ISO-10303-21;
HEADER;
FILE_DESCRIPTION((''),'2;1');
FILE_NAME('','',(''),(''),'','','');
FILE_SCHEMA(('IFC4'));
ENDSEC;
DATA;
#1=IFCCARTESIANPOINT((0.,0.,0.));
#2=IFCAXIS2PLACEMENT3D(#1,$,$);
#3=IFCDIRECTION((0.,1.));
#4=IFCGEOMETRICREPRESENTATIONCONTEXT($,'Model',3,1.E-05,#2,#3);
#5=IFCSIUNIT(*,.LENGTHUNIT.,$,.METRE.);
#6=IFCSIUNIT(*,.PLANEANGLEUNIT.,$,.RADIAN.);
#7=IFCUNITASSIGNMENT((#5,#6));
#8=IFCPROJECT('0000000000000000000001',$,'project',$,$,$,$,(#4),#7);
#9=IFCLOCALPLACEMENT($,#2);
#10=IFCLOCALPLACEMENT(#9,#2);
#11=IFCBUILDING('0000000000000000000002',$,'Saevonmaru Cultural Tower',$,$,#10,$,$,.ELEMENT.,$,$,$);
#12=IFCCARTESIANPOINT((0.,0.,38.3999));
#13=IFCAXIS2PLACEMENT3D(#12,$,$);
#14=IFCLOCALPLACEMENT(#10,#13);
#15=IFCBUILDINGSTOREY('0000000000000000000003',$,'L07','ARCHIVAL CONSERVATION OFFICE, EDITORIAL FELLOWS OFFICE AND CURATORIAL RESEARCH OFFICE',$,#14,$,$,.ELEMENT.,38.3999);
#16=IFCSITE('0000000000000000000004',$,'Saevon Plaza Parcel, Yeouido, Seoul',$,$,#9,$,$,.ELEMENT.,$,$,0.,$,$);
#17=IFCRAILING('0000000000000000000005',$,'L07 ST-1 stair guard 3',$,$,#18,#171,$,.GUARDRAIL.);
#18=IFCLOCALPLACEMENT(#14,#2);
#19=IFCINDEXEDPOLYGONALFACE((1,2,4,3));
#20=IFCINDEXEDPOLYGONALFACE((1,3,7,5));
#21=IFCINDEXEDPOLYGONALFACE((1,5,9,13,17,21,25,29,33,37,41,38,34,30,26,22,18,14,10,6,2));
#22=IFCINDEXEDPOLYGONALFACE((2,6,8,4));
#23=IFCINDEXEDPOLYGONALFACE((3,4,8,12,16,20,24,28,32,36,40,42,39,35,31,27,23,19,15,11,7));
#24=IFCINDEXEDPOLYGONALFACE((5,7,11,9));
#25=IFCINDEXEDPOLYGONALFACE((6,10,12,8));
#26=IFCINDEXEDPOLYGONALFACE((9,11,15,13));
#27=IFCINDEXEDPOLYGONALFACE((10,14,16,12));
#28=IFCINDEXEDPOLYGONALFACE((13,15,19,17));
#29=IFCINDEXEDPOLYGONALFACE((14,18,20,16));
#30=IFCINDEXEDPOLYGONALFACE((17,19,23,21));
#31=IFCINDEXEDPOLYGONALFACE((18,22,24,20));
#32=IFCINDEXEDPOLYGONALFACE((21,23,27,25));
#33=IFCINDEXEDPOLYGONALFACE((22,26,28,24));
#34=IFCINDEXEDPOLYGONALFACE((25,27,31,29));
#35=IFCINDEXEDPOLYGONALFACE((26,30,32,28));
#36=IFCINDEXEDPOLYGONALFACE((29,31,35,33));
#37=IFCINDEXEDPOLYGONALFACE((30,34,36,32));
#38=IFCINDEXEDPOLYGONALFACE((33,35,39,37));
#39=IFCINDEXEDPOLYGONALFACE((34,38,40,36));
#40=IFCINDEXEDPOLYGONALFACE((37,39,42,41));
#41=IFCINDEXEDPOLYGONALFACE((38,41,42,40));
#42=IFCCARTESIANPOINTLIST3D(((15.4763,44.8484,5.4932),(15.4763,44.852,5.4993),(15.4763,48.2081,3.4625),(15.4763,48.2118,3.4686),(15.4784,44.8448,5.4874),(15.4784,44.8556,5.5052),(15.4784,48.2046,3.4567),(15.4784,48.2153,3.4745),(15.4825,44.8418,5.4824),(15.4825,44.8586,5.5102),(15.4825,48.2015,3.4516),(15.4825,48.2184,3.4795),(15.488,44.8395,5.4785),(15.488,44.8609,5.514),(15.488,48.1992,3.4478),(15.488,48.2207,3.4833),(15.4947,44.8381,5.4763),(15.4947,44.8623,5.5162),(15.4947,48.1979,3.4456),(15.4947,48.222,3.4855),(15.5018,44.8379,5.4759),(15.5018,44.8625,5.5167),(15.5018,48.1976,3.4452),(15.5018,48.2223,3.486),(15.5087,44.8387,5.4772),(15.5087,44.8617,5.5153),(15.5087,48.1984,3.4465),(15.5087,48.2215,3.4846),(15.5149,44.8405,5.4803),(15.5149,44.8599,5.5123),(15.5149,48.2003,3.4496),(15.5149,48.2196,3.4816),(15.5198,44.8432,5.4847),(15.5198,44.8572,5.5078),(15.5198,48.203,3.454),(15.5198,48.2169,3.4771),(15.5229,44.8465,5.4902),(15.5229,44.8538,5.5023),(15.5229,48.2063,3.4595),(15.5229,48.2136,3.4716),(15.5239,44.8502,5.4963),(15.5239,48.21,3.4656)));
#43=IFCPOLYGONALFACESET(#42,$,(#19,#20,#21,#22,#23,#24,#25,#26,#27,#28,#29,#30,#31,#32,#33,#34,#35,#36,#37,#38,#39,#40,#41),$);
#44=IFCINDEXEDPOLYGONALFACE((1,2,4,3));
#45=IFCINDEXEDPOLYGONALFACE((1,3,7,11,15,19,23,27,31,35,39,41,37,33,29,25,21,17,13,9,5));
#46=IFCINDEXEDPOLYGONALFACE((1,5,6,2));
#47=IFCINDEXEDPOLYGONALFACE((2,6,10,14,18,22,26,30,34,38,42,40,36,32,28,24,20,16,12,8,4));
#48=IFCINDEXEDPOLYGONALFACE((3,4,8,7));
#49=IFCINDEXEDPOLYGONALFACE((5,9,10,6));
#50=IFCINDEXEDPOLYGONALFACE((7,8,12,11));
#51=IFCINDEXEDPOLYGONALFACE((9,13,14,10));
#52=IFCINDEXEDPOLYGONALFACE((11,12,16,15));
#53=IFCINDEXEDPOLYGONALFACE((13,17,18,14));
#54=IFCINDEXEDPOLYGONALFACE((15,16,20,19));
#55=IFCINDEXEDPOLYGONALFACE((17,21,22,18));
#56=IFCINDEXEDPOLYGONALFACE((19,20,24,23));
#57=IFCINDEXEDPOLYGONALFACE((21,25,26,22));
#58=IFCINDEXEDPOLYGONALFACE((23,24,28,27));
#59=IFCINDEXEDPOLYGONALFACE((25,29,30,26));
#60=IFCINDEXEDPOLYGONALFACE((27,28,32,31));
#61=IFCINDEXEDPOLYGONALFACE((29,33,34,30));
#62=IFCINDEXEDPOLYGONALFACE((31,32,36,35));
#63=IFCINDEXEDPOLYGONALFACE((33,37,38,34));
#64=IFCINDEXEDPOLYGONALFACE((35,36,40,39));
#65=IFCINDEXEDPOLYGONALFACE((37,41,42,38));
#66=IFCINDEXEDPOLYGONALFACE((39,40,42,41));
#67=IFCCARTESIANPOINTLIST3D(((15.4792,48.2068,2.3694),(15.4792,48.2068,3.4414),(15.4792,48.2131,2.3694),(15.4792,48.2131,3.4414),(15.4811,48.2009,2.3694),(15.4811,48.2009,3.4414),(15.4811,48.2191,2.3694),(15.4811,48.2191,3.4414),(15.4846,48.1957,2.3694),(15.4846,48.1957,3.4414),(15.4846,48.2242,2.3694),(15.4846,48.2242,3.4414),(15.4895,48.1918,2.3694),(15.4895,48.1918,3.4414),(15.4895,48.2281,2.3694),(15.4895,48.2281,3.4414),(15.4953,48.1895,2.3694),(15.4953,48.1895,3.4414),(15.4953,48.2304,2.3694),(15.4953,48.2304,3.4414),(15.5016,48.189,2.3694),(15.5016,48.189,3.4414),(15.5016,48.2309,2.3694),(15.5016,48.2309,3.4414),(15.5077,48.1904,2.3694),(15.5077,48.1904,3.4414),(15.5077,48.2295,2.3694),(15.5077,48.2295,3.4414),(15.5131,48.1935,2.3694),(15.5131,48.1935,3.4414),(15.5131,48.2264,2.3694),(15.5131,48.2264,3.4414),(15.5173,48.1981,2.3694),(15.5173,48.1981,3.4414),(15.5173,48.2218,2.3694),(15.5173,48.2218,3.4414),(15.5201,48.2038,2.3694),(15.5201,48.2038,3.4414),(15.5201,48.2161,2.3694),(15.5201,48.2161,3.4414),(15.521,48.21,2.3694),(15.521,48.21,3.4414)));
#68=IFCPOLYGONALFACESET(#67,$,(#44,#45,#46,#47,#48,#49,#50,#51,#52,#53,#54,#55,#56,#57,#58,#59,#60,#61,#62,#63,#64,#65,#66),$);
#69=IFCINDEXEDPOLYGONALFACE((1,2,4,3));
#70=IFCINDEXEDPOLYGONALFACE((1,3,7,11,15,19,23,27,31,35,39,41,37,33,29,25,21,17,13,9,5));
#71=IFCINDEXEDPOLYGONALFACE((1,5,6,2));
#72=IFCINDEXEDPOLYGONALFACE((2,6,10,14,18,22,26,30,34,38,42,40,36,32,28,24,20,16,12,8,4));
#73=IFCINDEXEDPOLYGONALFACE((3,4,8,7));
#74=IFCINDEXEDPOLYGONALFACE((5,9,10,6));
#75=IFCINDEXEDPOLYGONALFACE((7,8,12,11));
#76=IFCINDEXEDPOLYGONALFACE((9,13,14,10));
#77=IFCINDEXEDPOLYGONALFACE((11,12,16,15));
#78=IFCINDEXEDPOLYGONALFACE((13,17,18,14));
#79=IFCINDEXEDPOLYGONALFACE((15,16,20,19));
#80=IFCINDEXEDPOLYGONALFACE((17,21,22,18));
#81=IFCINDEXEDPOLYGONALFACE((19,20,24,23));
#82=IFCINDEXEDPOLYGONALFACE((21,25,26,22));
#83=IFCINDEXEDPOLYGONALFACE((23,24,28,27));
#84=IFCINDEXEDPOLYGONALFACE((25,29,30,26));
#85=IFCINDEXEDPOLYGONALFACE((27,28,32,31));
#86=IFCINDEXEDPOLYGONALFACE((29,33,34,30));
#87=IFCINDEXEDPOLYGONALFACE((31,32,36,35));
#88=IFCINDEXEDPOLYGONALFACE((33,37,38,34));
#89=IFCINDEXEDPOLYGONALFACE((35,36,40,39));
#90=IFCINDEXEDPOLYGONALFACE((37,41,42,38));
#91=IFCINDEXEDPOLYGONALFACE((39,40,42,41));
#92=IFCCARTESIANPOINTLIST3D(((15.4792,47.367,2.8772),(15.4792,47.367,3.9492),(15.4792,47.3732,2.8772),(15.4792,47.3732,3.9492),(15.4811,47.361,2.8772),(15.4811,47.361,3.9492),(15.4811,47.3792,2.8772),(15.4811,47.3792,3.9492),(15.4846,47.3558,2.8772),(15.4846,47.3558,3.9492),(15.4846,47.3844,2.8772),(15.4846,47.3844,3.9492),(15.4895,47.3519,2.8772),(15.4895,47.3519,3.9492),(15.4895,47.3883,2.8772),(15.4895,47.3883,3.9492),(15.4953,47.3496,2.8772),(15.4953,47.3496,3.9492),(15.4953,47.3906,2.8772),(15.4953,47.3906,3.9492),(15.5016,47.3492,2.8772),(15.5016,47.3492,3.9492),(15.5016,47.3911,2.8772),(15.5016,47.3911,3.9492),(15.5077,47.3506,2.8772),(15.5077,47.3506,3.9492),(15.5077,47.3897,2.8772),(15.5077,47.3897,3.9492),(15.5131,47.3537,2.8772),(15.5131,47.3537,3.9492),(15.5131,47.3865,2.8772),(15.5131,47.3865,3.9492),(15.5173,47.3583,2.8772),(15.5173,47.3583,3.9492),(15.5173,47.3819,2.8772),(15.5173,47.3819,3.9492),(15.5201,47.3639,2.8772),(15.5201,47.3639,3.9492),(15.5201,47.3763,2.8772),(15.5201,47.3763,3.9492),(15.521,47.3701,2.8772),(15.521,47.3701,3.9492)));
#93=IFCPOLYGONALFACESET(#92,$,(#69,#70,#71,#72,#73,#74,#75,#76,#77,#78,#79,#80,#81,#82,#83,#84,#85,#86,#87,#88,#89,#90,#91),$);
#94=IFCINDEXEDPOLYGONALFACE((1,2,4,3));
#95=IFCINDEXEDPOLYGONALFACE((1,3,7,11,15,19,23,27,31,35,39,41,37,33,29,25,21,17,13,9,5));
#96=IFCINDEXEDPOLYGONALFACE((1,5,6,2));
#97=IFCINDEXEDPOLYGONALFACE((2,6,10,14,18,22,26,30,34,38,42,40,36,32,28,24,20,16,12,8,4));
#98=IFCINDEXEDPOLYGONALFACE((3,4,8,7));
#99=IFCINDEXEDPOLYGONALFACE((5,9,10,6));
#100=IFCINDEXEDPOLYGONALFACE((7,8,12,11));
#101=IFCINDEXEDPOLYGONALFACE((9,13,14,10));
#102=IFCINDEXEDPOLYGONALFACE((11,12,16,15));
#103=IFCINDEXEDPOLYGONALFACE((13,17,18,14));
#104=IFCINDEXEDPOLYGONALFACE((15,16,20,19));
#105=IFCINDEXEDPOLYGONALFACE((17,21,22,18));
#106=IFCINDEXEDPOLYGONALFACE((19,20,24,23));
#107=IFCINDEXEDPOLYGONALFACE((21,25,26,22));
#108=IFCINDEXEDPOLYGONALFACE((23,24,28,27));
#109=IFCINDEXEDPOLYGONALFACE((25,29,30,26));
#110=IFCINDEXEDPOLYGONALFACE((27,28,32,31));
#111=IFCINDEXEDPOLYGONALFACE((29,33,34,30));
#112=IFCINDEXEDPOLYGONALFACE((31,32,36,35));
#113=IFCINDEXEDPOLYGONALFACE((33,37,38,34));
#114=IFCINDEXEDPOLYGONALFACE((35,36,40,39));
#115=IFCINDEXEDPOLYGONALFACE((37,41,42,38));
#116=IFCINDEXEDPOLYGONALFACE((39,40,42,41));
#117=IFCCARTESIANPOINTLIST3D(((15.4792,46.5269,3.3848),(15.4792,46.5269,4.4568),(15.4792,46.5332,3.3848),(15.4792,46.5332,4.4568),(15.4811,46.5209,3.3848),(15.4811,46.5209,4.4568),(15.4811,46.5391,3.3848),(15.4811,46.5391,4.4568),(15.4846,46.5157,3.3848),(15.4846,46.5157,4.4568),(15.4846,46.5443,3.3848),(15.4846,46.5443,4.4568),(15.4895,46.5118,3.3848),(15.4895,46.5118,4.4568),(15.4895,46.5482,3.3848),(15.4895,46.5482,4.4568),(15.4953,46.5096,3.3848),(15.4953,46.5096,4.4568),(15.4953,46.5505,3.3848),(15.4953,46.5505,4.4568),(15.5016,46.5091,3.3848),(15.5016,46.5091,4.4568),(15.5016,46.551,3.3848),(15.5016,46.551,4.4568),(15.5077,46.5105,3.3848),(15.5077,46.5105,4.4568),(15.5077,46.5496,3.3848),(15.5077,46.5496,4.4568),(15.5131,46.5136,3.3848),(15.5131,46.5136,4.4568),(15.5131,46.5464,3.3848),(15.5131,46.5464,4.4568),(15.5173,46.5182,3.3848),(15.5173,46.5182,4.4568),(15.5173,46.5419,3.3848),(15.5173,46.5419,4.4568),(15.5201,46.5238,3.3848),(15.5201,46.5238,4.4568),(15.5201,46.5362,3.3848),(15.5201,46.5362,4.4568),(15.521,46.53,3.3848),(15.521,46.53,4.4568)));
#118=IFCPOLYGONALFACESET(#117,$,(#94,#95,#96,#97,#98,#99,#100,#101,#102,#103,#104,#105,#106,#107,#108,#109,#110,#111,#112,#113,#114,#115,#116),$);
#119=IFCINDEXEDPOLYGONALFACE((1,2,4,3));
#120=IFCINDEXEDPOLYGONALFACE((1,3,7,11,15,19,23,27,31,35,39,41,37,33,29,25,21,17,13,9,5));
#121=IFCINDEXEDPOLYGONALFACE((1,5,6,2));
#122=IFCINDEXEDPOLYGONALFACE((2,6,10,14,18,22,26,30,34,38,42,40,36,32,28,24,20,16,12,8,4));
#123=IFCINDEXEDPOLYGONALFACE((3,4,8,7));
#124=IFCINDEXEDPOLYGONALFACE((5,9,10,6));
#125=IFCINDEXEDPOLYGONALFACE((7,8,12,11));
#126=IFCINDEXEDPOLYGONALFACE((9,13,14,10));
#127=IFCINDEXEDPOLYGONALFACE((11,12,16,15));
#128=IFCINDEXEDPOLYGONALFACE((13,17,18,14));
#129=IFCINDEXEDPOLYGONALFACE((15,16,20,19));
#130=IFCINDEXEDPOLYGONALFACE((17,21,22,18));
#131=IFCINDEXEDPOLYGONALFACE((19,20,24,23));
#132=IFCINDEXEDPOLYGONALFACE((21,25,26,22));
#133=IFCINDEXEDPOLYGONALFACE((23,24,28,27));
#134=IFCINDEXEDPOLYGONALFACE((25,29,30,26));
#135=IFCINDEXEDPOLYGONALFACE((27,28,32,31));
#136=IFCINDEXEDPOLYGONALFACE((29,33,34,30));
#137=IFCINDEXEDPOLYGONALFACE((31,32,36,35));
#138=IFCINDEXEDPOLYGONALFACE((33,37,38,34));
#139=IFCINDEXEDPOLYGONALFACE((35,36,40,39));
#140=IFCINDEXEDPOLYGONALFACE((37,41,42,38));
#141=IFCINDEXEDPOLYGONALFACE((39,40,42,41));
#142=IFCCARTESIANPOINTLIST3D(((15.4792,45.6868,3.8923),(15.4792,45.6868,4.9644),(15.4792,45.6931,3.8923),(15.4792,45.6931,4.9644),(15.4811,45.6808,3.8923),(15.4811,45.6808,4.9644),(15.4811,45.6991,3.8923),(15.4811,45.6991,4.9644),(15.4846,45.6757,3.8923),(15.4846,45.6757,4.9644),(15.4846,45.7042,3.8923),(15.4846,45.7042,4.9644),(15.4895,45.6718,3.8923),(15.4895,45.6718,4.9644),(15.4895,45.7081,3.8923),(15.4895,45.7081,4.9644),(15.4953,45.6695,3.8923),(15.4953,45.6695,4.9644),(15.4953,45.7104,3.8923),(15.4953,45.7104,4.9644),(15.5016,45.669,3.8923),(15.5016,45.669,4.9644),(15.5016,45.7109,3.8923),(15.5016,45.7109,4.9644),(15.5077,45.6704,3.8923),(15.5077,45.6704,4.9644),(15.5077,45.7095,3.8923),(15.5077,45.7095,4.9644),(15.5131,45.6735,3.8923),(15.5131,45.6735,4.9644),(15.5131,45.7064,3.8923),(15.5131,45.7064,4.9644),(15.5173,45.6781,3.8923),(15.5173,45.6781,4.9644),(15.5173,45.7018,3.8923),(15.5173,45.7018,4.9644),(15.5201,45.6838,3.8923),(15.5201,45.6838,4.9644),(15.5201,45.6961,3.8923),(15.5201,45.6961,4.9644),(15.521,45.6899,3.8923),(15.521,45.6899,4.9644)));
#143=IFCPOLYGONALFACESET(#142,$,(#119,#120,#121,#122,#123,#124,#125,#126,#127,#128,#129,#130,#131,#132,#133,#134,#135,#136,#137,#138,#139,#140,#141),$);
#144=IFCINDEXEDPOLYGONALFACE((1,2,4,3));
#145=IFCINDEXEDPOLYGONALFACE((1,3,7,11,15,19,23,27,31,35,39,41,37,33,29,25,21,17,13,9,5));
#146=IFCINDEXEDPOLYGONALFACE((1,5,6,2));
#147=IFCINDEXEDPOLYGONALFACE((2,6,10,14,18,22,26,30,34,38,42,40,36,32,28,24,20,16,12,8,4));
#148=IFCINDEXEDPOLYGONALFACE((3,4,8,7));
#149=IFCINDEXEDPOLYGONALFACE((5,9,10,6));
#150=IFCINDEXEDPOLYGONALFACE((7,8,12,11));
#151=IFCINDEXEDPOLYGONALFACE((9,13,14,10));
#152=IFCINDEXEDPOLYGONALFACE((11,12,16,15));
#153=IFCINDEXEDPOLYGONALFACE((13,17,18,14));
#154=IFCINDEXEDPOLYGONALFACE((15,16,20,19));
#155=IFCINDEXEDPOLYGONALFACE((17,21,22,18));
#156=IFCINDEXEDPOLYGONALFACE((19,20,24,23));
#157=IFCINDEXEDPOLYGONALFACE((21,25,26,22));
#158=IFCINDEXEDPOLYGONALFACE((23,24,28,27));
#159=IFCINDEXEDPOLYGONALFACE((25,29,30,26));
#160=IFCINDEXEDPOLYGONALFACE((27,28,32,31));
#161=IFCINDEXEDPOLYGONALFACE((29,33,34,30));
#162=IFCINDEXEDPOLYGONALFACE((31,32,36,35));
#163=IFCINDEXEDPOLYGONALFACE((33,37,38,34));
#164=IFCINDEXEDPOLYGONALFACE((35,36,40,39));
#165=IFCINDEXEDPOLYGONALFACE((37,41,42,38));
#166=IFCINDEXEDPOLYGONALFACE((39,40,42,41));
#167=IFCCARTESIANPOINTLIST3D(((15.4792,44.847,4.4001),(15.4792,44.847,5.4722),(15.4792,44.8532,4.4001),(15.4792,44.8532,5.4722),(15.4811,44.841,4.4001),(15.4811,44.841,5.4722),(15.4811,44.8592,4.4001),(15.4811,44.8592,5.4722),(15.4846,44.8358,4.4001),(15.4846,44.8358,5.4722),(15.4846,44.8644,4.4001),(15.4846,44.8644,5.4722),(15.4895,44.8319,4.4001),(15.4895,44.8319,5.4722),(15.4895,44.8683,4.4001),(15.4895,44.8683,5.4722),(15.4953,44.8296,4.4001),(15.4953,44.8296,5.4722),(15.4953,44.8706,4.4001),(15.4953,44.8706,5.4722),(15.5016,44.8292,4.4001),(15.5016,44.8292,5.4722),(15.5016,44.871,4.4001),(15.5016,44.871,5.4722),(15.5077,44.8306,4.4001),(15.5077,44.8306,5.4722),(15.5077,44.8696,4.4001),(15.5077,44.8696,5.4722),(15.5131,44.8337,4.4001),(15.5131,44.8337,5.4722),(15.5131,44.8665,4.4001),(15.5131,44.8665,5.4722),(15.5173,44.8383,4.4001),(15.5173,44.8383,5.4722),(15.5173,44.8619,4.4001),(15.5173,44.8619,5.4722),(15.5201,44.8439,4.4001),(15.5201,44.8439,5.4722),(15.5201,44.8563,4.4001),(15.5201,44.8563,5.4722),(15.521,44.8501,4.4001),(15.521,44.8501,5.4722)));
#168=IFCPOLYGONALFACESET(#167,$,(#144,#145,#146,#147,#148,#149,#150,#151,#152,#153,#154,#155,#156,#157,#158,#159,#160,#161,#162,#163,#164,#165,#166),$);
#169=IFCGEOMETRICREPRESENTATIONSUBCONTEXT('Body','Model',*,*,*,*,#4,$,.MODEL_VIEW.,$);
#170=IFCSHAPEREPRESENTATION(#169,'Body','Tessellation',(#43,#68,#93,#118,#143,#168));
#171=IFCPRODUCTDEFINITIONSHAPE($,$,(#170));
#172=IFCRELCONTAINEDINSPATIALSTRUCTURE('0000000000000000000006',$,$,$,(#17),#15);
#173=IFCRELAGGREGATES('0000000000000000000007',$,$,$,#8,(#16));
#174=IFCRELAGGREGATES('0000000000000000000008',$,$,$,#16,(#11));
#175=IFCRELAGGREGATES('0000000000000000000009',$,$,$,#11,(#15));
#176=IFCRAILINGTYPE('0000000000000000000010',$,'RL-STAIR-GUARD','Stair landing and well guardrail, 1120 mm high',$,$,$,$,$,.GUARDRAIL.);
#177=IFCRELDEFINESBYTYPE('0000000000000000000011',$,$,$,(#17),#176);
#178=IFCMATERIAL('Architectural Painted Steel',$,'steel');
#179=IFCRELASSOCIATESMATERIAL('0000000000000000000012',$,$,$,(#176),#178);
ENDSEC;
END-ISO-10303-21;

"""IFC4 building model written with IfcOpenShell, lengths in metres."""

from ifc_helpers import new_model, si_unit, direction, frame, origin, origin_2d, place, context, subcontext, project, spatial, circle, extrude, material, type_object, element, save


model = new_model("IFC4")

# Units and contexts
model_context = context("Model", 3, precision=1e-05, world=origin(), true_north=direction((0.0, 1.0)))
body_context = subcontext(model_context, "Body", "Model", "MODEL_VIEW")
ifc_project = project(units=[si_unit("LENGTHUNIT", "METRE"), si_unit("PLANEANGLEUNIT", "RADIAN")], contexts=[model_context])

# Site, building, storey
site_placement = place(None, origin())
site = spatial("IfcSite", under=ifc_project, at=site_placement, Name="Saevon Plaza Parcel, Yeouido, Seoul", CompositionType="ELEMENT", RefElevation=0.0)
building_placement = place(site_placement, origin())
building = spatial("IfcBuilding", under=site, at=building_placement, Name="Saevonmaru Cultural Tower", CompositionType="ELEMENT")
storey_placement = place(building_placement, frame((0.0, 0.0, 38.3999)))
storey = spatial("IfcBuildingStorey", under=building, at=storey_placement, Name="L07", Description="ARCHIVAL CONSERVATION OFFICE, EDITORIAL FELLOWS OFFICE AND CURATORIAL RESEARCH OFFICE", CompositionType="ELEMENT", Elevation=38.3999)

# Railing
ifc_material_1 = material(Name="Architectural Painted Steel", Category="steel")
railing_type_1 = type_object("IfcRailingType", Name="RL-STAIR-GUARD", Description="Stair landing and well guardrail, 1120 mm high", PredefinedType="GUARDRAIL", material=ifc_material_1)
railing_1_placement = place(storey_placement, frame((15.5, 48.21, 2.3694)))
element("IfcRailing", 1, at=railing_1_placement, inside=storey, type_object=railing_type_1, Name="L07 ST-1 stair guard 3", PredefinedType="GUARDRAIL", context=body_context, shape_type="SweptSolid", body=[
    extrude(circle(Radius=0.0239, at=origin_2d()), frame((0.0, 0.0, 1.0962), z_axis=(0.0, -0.85582, 0.517273), x_axis=(1.0, 0.0, 0.0)), (0.0, 0.0, 1.0), 3.9258),
    extrude(circle(Radius=0.021, at=origin_2d()), origin(), (0.0, 0.0, 1.0), 1.072),
    extrude(circle(Radius=0.021, at=origin_2d()), frame((0.0, -0.8398, 0.5078)), (0.0, 0.0, 1.0), 1.072),
    extrude(circle(Radius=0.021, at=origin_2d()), frame((0.0, -1.6799, 1.0154)), (0.0, 0.0, 1.0), 1.072),
    extrude(circle(Radius=0.021, at=origin_2d()), frame((0.0, -2.52, 1.5229)), (0.0, 0.0, 1.0), 1.072),
    extrude(circle(Radius=0.021, at=origin_2d()), frame((0.0, -3.3599, 2.0308)), (0.0, 0.0, 1.0), 1.072),
])

save(model, "model.ifc")
